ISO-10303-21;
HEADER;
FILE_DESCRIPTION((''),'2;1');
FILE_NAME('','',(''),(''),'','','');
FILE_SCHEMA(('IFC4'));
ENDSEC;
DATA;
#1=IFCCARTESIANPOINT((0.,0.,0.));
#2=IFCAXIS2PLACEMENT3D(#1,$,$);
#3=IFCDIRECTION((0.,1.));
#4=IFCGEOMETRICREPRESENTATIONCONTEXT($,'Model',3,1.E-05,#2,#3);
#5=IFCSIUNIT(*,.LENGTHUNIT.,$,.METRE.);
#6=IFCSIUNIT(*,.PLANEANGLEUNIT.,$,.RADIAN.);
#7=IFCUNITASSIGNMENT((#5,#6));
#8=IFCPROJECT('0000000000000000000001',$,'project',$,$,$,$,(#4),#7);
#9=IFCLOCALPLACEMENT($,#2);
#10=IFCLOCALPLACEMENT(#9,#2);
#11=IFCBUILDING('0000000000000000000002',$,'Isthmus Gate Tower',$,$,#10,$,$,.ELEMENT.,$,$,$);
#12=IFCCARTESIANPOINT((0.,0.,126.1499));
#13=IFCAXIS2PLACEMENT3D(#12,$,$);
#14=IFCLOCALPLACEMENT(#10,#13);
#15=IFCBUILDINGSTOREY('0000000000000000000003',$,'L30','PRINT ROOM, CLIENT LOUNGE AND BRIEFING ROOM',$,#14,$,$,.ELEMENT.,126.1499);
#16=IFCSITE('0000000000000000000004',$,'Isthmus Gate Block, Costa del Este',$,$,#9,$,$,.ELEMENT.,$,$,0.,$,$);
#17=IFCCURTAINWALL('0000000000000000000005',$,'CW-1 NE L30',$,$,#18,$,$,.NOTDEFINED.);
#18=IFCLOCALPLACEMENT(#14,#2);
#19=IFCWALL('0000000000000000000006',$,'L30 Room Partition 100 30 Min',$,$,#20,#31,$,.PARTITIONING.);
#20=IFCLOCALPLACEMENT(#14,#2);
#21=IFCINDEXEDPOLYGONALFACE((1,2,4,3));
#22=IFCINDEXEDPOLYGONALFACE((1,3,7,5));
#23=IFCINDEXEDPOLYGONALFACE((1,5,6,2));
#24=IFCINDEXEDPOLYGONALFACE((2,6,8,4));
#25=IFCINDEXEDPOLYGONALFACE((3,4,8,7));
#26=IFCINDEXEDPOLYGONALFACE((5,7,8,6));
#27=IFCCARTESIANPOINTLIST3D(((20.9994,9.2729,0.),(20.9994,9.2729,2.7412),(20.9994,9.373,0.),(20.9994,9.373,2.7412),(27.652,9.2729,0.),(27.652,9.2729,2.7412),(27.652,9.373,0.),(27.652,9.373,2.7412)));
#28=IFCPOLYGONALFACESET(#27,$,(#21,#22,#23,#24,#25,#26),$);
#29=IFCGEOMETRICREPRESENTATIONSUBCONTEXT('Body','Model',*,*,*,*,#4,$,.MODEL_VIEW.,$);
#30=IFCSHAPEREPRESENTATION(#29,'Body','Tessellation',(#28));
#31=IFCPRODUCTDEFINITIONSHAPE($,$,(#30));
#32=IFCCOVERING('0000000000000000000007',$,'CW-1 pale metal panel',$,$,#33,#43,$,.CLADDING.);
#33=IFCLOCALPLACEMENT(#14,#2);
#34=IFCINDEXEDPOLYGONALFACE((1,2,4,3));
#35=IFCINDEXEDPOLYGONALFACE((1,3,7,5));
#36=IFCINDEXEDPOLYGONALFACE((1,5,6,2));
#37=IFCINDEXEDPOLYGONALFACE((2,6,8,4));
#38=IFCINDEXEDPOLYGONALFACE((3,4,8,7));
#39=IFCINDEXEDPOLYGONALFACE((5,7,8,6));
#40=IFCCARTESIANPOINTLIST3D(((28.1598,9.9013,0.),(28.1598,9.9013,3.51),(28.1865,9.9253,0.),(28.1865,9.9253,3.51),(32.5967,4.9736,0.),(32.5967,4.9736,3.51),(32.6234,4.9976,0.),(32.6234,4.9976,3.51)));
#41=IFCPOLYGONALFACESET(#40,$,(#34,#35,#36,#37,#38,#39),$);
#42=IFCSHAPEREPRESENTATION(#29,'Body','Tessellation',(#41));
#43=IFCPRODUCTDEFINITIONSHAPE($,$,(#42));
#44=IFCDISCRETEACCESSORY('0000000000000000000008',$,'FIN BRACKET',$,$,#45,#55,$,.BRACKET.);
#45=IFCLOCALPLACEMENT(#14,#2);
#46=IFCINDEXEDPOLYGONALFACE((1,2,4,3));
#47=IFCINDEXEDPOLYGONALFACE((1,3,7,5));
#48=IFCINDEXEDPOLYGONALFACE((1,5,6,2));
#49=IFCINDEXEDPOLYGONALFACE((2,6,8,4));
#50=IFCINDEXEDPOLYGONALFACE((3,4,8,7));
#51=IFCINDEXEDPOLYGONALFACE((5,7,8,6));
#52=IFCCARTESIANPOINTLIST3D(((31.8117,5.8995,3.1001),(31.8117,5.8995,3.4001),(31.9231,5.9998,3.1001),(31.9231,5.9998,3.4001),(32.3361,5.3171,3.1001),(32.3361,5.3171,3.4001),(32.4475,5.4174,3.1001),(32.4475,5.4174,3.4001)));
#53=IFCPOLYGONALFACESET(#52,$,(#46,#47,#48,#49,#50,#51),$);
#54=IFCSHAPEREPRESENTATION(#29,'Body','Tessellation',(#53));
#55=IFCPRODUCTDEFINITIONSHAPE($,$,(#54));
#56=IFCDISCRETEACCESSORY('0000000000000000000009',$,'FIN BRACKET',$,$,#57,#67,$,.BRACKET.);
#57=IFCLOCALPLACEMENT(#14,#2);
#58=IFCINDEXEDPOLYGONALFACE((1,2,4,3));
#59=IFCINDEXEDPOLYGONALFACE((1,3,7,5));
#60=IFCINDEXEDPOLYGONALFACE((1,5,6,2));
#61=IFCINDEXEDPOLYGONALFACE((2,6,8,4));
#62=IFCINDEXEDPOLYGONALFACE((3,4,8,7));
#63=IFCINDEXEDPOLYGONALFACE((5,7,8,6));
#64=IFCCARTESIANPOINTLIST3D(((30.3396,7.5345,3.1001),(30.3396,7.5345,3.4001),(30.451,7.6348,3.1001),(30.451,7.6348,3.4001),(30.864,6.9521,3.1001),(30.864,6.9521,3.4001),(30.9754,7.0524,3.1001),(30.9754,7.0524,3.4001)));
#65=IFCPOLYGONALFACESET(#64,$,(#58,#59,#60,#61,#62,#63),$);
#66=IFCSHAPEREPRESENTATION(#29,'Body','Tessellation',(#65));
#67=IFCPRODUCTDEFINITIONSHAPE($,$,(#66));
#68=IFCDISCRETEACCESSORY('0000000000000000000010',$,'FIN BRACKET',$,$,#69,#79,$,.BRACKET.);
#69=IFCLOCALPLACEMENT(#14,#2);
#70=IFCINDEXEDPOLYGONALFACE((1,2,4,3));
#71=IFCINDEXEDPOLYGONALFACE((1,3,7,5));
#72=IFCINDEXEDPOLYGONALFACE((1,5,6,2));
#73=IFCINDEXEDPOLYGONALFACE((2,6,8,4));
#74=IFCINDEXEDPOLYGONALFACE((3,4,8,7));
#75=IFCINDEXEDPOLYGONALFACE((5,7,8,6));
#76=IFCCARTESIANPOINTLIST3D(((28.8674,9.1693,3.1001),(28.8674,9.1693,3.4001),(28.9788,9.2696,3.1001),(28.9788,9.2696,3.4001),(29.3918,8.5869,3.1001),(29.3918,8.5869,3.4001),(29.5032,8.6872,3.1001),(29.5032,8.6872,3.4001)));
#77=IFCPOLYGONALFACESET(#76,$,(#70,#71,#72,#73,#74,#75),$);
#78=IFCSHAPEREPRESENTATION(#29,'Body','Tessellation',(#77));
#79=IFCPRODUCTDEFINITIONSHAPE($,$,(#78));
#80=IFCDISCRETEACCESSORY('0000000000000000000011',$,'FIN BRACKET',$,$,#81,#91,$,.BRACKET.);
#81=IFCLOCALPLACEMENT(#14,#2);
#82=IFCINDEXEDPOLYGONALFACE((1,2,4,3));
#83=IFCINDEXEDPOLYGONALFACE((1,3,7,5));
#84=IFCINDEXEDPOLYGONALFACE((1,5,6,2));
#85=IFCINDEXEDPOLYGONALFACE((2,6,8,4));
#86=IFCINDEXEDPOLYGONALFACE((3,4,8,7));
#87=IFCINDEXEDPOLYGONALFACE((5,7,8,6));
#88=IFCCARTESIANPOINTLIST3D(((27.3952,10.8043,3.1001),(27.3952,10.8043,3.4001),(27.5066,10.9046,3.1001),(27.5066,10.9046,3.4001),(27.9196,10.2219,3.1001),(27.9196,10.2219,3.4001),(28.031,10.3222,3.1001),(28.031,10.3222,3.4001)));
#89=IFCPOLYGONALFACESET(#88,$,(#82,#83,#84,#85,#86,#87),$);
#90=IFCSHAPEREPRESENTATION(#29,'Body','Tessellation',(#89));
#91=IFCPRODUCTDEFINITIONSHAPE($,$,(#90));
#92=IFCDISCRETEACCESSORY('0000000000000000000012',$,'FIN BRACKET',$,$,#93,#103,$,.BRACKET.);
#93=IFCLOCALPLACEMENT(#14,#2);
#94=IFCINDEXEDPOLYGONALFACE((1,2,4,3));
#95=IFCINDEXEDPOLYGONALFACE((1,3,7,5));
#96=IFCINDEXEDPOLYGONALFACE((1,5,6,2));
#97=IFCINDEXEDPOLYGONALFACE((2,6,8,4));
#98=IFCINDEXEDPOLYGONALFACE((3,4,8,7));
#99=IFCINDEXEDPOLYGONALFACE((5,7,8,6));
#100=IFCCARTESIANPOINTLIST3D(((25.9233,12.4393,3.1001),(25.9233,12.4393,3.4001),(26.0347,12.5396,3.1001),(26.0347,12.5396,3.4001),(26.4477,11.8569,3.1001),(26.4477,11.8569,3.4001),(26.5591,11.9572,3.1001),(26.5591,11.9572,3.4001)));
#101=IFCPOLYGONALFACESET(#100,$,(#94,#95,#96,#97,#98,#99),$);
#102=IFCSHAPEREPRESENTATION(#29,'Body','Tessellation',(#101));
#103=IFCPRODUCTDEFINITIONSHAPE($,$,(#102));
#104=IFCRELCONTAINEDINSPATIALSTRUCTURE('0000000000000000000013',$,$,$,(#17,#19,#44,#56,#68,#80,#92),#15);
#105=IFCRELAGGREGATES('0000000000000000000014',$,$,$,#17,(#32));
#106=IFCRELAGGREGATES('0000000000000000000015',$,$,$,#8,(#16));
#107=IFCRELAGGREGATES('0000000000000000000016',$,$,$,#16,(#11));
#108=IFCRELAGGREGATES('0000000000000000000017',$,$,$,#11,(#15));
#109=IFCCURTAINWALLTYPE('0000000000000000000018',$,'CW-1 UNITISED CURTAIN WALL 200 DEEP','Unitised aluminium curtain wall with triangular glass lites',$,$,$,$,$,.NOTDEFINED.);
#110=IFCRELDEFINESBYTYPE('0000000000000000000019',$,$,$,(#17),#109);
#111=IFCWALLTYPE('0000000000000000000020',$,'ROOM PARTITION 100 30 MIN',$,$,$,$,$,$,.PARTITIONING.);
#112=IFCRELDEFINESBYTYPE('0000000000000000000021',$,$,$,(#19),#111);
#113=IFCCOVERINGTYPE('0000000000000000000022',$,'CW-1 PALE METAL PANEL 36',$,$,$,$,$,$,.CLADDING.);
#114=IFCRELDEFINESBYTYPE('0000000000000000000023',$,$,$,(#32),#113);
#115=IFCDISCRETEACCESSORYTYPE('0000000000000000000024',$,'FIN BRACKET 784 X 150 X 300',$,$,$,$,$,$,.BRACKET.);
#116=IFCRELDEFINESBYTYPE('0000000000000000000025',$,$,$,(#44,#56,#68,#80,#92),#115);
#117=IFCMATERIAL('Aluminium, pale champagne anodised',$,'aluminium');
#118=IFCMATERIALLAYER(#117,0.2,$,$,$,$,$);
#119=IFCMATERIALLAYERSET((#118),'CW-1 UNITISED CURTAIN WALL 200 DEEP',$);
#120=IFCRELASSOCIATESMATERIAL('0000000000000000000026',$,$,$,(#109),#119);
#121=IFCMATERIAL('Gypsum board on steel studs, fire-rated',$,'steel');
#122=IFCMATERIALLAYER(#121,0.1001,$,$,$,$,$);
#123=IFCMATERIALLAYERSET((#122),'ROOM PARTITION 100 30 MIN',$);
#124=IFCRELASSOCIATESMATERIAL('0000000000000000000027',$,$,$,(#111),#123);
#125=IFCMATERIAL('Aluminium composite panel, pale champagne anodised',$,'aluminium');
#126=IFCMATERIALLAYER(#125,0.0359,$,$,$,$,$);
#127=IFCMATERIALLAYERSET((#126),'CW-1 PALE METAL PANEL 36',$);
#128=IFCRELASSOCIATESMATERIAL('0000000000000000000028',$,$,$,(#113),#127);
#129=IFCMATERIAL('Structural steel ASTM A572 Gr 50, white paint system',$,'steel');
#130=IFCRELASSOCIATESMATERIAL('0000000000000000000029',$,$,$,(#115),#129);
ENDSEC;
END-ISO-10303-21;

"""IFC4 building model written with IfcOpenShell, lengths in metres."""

from ifc_helpers import new_model, si_unit, direction, frame, frame_2d, origin, origin_2d, place, context, subcontext, project, spatial, rectangle, extrude, material, layer, layer_set, type_object, element, aggregate, save


model = new_model("IFC4")

# Units and contexts
model_context = context("Model", 3, precision=1e-05, world=origin(), true_north=direction((0.0, 1.0)))
body_context = subcontext(model_context, "Body", "Model", "MODEL_VIEW")
ifc_project = project(units=[si_unit("LENGTHUNIT", "METRE"), si_unit("PLANEANGLEUNIT", "RADIAN")], contexts=[model_context])

# Site, building, storey
site_placement = place(None, origin())
site = spatial("IfcSite", under=ifc_project, at=site_placement, Name="Isthmus Gate Block, Costa del Este", CompositionType="ELEMENT", RefElevation=0.0)
building_placement = place(site_placement, origin())
building = spatial("IfcBuilding", under=site, at=building_placement, Name="Isthmus Gate Tower", CompositionType="ELEMENT")
storey_placement = place(building_placement, frame((0.0, 0.0, 126.1499)))
storey = spatial("IfcBuildingStorey", under=building, at=storey_placement, Name="L30", Description="PRINT ROOM, CLIENT LOUNGE AND BRIEFING ROOM", CompositionType="ELEMENT", Elevation=126.1499)

# Curtain wall
ifc_material_1 = material(Name="Aluminium, pale champagne anodised", Category="aluminium")
ifc_layer_1 = layer(ifc_material_1, 0.2)
ifc_layer_set_1 = layer_set([ifc_layer_1], Name="CW-1 UNITISED CURTAIN WALL 200 DEEP")
curtain_wall_type = type_object("IfcCurtainWallType", Name="CW-1 UNITISED CURTAIN WALL 200 DEEP", Description="Unitised aluminium curtain wall with triangular glass lites", PredefinedType="NOTDEFINED", material=ifc_layer_set_1)
curtain_wall_placement = place(storey_placement, origin())
curtain_wall = element("IfcCurtainWall", 1, at=curtain_wall_placement, inside=storey, type_object=curtain_wall_type, Name="CW-1 NE L30", PredefinedType="NOTDEFINED")

# Wall
ifc_material_2 = material(Name="Gypsum board on steel studs, fire-rated", Category="steel")
ifc_layer_2 = layer(ifc_material_2, 0.1001)
ifc_layer_set_2 = layer_set([ifc_layer_2], Name="ROOM PARTITION 100 30 MIN")
wall_type_1 = type_object("IfcWallType", Name="ROOM PARTITION 100 30 MIN", PredefinedType="PARTITIONING", material=ifc_layer_set_2)
wall_1_placement = place(storey_placement, frame((20.9995, 9.323, 0.0), z_axis=(0.0, 0.0, 1.0), x_axis=(1.0, 0.0, 0.0)))
element("IfcWall", 2, at=wall_1_placement, inside=storey, type_object=wall_type_1, Name="L30 Room Partition 100 30 Min", PredefinedType="PARTITIONING", context=body_context, shape_type="SweptSolid", body=[
    extrude(rectangle(XDim=6.6526, YDim=0.1001, at=frame_2d((3.3262, 0.0))), origin(), (0.0, 0.0, 1.0), 2.7412),
])

# Covering
ifc_material_3 = material(Name="Aluminium composite panel, pale champagne anodised", Category="aluminium")
ifc_layer_3 = layer(ifc_material_3, 0.0359)
ifc_layer_set_3 = layer_set([ifc_layer_3], Name="CW-1 PALE METAL PANEL 36")
covering_type = type_object("IfcCoveringType", Name="CW-1 PALE METAL PANEL 36", PredefinedType="CLADDING", material=ifc_layer_set_3)
covering_placement = place(storey_placement, frame((30.3916, 7.4495, 0.0), z_axis=(0.0, 0.0, 1.0), x_axis=(-0.669131, 0.743145, 0.0)))
covering = element("IfcCovering", 3, at=covering_placement, type_object=covering_type, Name="CW-1 pale metal panel", PredefinedType="CLADDING", context=body_context, shape_type="SweptSolid", body=[
    extrude(rectangle(XDim=6.6309, YDim=0.0359, at=origin_2d()), origin(), (0.0, 0.0, 1.0), 3.51),
])
aggregate(curtain_wall, [covering])

# Discrete accessories
ifc_material_4 = material(Name="Structural steel ASTM A572 Gr 50, white paint system", Category="steel")
discrete_accessory_type = type_object("IfcDiscreteAccessoryType", Name="FIN BRACKET 784 X 150 X 300", PredefinedType="BRACKET", material=ifc_material_4)
for number, where, z_axis, x_axis, name in (
    (4, (32.1296, 5.6584, 3.1001), (0.0, 0.0, 1.0), (0.743145, 0.669131, 0.0), "FIN BRACKET"),
    (5, (30.6575, 7.2935, 3.1001), (0.0, 0.0, 1.0), (0.743145, 0.669131, 0.0), "FIN BRACKET"),
    (6, (29.1853, 8.9282, 3.1001), (0.0, 0.0, 1.0), (0.743145, 0.669131, 0.0), "FIN BRACKET"),
    (7, (27.7131, 10.5632, 3.1001), (0.0, 0.0, 1.0), (0.743145, 0.669131, 0.0), "FIN BRACKET"),
    (8, (26.2412, 12.1982, 3.1001), (0.0, 0.0, 1.0), (0.743145, 0.669131, 0.0), "FIN BRACKET"),
):
    element("IfcDiscreteAccessory", number, at=place(storey_placement, frame(where, z_axis=z_axis, x_axis=x_axis)), inside=storey, type_object=discrete_accessory_type, Name=name, PredefinedType="BRACKET", context=body_context, shape_type="SweptSolid", body=[
        extrude(rectangle(XDim=0.1499, YDim=0.7837, at=origin_2d()), origin(), (0.0, 0.0, 1.0), 0.3),
    ])

save(model, "model.ifc")
